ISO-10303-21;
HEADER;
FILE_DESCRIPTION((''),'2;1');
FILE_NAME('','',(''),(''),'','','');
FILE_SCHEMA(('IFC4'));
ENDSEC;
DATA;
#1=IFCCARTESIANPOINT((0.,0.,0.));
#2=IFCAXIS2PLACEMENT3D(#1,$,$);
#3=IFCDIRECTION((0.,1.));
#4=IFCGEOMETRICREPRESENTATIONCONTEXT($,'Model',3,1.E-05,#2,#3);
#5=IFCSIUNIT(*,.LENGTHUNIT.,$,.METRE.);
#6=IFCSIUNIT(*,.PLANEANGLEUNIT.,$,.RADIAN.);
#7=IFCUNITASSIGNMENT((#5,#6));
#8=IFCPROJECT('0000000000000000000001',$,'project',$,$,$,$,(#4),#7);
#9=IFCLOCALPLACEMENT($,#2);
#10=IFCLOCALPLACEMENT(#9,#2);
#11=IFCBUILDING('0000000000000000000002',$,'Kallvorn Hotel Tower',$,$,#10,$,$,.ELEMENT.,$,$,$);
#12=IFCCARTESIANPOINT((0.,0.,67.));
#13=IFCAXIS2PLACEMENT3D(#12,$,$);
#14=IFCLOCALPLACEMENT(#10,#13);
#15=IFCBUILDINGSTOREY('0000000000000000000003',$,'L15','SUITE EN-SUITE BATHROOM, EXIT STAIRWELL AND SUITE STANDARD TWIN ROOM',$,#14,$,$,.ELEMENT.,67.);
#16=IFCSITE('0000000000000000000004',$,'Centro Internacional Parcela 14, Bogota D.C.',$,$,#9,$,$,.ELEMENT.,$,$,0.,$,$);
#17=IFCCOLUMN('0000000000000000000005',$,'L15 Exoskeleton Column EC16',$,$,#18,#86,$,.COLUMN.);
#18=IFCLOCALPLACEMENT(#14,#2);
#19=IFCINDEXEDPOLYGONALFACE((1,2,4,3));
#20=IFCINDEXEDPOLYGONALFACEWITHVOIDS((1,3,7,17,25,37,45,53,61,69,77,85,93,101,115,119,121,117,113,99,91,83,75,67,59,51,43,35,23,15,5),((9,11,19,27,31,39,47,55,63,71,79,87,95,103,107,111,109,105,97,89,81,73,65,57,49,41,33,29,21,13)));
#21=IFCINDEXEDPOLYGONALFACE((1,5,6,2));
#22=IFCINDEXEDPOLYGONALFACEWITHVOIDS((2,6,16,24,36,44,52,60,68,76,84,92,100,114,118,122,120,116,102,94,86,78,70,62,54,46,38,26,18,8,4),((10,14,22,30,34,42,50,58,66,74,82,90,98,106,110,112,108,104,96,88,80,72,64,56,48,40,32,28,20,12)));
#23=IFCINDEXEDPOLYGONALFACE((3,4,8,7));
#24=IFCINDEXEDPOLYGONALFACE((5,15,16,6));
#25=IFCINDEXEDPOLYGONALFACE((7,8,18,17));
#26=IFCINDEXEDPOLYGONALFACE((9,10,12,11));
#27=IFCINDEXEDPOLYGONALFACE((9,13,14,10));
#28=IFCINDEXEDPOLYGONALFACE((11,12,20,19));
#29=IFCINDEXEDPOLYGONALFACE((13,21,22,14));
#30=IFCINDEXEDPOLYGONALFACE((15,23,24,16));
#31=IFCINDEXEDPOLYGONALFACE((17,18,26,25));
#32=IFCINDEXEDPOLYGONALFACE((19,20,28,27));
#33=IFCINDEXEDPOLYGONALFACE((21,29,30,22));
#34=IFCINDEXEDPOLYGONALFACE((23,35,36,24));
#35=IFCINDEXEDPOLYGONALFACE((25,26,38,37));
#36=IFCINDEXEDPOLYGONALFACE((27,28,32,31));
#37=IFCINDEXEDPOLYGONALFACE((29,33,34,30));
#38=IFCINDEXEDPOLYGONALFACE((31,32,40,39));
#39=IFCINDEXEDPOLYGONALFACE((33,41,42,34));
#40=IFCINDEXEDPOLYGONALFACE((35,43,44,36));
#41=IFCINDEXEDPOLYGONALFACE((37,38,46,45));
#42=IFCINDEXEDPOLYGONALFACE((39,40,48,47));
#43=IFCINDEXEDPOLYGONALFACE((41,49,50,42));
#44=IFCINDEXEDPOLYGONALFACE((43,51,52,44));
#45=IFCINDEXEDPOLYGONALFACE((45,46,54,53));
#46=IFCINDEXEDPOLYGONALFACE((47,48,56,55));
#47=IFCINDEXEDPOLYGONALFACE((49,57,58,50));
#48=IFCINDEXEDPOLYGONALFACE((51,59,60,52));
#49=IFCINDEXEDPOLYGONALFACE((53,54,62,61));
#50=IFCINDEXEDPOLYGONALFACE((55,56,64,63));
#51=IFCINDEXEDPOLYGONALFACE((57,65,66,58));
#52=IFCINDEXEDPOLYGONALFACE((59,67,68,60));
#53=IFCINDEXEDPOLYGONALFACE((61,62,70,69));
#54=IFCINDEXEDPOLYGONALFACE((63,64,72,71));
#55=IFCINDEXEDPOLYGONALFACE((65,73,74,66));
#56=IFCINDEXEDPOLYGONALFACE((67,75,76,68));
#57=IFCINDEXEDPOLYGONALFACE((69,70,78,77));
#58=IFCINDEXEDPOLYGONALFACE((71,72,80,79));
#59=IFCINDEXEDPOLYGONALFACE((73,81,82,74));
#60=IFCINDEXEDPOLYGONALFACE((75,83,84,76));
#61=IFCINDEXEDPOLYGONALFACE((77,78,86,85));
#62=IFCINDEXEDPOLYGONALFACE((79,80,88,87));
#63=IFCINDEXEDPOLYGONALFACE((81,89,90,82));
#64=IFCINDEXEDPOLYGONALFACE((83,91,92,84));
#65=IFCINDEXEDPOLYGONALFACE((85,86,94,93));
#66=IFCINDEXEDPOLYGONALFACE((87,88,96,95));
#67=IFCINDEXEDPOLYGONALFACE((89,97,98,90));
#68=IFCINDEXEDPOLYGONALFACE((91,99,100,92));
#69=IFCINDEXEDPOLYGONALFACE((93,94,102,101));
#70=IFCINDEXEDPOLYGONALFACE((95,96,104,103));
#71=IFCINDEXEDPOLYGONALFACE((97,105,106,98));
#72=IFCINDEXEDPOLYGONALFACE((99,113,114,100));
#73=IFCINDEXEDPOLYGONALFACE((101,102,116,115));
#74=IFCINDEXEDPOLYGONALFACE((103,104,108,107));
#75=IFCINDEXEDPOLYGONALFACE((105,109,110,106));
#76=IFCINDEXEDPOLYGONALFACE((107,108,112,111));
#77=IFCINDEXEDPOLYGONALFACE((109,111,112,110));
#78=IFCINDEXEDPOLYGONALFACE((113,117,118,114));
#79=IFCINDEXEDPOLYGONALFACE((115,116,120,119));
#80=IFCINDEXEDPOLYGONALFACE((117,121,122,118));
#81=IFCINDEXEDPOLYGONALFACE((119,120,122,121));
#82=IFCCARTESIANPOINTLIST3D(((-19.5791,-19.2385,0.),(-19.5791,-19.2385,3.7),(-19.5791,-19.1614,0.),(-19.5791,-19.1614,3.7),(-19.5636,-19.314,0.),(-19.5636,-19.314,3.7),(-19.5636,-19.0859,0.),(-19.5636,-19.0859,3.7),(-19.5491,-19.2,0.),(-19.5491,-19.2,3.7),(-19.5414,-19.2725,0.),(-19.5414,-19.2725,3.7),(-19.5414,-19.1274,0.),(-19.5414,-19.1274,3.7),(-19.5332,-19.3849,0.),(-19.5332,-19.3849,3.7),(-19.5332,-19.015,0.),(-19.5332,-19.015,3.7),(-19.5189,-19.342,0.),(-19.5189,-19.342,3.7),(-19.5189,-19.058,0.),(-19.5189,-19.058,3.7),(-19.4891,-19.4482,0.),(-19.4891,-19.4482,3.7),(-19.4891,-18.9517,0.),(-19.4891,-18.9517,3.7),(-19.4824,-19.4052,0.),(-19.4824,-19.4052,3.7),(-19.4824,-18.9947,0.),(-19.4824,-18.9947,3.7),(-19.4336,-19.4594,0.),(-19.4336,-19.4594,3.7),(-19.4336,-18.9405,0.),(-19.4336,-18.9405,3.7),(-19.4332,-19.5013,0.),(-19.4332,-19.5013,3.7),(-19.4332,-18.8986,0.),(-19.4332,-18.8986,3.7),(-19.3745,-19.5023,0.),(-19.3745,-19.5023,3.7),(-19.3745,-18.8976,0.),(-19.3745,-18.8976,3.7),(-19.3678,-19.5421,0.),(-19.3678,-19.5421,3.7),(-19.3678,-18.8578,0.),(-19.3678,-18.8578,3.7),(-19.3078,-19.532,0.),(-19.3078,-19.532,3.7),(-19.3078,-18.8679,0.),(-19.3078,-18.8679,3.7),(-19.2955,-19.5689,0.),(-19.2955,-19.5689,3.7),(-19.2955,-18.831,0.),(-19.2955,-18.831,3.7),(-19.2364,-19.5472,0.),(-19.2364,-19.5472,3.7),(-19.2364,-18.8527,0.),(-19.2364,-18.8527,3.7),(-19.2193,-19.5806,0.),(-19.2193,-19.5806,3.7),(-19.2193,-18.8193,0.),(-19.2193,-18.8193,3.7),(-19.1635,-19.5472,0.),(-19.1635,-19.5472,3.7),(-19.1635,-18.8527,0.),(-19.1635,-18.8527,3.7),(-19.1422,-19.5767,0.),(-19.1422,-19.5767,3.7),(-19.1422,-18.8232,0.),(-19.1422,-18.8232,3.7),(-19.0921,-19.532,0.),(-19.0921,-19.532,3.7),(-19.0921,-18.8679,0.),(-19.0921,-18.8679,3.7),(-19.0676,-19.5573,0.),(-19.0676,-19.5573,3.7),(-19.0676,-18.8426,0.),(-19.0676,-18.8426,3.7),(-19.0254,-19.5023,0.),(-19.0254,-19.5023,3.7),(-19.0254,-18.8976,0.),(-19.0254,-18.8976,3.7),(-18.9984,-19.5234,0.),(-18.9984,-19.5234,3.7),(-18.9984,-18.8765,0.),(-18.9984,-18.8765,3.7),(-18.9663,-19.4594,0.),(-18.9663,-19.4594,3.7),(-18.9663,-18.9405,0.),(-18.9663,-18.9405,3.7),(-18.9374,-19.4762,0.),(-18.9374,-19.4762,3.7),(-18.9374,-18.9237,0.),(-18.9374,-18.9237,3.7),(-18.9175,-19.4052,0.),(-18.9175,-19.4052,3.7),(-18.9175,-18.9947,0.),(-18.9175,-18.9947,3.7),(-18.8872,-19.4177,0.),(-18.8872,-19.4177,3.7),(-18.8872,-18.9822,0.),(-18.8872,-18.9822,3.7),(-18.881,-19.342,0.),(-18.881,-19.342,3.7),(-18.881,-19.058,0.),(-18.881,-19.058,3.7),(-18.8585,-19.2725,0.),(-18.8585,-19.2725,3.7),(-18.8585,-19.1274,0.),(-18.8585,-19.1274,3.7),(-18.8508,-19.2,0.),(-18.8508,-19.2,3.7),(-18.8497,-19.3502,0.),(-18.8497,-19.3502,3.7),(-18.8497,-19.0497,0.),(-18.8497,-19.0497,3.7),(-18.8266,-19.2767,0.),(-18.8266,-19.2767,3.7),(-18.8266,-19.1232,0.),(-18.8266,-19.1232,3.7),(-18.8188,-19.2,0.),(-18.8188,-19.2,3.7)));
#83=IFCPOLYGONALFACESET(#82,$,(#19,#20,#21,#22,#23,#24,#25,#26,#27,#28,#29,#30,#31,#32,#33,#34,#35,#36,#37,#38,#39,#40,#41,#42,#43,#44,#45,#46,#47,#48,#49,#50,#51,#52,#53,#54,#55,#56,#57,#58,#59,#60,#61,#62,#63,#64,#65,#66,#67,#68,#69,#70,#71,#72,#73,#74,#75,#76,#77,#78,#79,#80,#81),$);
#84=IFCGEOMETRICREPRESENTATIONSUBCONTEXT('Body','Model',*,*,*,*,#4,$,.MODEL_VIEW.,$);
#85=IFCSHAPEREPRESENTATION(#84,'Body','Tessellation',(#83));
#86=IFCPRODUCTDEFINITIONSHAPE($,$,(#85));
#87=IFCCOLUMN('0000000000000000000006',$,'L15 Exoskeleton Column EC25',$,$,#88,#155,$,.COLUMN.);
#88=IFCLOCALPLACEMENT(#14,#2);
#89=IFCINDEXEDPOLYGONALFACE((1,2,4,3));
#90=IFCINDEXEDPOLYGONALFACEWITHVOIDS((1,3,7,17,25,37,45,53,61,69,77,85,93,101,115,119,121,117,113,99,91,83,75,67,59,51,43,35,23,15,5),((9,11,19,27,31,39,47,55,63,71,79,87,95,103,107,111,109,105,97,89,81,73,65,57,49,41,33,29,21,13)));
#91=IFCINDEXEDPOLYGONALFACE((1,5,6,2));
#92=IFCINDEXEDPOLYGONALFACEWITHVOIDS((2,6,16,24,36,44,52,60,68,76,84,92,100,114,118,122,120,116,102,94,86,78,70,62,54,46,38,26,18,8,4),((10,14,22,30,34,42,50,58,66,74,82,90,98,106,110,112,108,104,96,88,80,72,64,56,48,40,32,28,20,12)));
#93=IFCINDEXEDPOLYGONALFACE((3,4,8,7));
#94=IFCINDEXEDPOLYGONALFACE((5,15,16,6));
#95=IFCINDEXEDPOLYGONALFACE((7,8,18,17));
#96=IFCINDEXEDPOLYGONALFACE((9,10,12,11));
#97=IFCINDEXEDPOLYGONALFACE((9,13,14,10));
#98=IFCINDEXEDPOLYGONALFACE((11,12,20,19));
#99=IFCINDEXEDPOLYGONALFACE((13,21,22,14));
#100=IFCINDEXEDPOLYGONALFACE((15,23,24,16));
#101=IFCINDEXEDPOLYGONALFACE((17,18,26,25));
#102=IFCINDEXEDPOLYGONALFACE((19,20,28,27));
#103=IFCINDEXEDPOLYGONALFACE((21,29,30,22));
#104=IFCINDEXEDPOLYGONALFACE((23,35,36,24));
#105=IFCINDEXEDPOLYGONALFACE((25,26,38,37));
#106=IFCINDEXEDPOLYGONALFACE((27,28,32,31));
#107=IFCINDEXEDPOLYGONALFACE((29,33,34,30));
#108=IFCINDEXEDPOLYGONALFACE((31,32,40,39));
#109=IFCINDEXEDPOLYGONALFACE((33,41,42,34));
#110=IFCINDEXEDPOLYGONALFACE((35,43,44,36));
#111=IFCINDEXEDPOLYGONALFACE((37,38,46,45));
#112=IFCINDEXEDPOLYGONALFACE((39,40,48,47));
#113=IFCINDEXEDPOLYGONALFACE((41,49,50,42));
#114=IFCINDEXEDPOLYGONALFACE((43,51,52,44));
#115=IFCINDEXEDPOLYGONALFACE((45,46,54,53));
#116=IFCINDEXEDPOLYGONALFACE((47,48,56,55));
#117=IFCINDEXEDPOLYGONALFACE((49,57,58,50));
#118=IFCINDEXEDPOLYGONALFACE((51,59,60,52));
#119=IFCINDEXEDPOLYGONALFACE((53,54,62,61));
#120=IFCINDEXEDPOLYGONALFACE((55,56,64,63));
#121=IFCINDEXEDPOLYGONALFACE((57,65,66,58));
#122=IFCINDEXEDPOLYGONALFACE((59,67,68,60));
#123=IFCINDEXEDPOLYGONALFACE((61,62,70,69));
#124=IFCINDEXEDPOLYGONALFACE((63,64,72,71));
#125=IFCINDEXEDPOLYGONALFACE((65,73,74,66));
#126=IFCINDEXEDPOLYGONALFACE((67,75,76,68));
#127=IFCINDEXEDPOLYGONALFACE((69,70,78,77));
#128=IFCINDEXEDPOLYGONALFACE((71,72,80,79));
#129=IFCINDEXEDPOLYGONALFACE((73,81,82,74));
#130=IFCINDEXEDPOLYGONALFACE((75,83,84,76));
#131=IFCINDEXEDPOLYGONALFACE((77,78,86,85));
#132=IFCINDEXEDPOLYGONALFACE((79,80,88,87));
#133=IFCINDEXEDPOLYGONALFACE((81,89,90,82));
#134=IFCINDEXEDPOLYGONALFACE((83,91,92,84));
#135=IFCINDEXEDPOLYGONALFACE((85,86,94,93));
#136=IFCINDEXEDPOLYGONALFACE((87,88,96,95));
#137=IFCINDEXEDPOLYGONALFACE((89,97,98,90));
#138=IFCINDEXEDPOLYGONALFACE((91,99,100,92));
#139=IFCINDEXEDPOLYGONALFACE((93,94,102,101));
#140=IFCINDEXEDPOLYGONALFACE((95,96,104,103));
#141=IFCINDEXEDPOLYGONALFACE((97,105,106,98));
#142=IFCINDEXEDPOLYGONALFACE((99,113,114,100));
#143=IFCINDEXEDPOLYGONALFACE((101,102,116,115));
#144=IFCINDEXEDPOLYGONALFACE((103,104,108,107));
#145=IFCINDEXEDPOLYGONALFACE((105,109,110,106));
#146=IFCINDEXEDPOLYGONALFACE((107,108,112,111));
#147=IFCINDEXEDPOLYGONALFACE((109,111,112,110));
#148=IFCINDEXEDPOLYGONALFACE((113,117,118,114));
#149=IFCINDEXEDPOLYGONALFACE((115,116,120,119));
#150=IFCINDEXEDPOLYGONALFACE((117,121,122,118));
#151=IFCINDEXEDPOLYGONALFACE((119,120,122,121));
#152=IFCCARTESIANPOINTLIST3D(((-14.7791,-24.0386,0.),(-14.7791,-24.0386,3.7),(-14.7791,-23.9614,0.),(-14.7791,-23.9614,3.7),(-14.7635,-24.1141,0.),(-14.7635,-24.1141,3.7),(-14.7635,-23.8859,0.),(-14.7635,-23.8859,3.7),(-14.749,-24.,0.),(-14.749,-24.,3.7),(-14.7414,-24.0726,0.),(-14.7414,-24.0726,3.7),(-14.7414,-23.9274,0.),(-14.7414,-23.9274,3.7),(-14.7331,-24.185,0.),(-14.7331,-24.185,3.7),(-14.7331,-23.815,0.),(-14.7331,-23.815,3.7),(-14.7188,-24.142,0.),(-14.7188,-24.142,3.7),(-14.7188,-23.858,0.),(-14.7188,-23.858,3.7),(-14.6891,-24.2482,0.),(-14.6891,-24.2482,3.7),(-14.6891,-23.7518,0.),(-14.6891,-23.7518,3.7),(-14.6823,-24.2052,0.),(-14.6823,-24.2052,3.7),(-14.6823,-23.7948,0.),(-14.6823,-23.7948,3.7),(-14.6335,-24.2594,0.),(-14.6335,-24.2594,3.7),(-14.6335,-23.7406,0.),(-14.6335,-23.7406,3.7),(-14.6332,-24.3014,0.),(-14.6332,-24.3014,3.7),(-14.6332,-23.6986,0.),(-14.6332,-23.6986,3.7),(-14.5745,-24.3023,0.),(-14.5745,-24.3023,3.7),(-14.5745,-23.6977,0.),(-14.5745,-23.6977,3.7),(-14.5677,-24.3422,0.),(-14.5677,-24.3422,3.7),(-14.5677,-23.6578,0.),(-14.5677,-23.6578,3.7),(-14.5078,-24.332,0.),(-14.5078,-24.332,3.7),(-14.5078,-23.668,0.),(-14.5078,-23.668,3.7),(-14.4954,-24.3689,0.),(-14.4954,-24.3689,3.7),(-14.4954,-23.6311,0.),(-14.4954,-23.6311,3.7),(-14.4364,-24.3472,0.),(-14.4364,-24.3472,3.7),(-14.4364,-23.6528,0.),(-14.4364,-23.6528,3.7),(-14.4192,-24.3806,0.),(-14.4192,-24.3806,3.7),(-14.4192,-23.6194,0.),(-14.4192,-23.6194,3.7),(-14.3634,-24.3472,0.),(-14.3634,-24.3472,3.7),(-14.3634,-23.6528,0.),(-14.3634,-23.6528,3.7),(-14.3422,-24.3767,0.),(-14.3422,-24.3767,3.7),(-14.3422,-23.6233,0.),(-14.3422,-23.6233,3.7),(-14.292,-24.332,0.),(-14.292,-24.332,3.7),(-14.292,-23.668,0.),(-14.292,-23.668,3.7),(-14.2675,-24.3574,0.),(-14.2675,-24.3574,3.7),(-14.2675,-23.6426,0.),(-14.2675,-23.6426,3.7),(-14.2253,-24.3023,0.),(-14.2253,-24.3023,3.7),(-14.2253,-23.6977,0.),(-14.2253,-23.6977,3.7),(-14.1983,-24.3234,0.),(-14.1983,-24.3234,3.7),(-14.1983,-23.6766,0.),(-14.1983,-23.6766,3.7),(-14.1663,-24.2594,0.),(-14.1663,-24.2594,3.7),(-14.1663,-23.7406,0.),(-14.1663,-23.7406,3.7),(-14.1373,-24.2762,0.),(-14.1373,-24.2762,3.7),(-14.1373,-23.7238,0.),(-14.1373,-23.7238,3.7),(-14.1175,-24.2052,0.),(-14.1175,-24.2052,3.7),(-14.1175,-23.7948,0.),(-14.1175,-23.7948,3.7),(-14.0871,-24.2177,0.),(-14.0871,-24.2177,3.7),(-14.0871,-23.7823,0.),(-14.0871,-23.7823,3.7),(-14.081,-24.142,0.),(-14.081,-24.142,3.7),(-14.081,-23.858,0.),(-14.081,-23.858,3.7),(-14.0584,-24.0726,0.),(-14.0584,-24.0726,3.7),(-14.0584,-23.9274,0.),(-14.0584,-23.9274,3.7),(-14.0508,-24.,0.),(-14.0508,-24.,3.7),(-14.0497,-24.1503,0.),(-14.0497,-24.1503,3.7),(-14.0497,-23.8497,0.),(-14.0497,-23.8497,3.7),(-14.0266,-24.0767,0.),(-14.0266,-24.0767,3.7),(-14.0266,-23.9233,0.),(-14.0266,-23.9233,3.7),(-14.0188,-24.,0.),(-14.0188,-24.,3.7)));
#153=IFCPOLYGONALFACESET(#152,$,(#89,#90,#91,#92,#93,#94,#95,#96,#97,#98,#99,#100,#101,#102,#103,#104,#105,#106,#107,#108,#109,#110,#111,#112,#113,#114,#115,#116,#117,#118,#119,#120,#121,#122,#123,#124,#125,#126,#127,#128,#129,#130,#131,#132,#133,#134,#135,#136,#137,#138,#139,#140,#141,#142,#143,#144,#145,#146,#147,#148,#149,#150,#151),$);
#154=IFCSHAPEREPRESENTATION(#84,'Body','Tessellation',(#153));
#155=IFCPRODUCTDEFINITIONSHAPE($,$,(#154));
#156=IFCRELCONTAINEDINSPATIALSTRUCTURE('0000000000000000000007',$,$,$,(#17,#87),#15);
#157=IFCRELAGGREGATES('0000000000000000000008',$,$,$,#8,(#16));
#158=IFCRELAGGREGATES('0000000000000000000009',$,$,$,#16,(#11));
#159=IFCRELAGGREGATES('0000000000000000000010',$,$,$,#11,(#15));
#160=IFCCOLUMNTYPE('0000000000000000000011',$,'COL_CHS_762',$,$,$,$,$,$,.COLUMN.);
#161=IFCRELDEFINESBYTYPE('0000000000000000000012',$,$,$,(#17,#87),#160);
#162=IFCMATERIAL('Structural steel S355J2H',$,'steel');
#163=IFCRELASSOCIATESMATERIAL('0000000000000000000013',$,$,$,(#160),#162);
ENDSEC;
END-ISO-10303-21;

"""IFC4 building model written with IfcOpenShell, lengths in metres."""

from ifc_helpers import new_model, si_unit, direction, frame, origin, origin_2d, place, context, subcontext, project, spatial, hollow_circle, extrude, material, material_profile, profile_set, type_object, element, save


model = new_model("IFC4")

# Units and contexts
model_context = context("Model", 3, precision=1e-05, world=origin(), true_north=direction((0.0, 1.0)))
body_context = subcontext(model_context, "Body", "Model", "MODEL_VIEW")
ifc_project = project(units=[si_unit("LENGTHUNIT", "METRE"), si_unit("PLANEANGLEUNIT", "RADIAN")], contexts=[model_context])

# Site, building, storey
site_placement = place(None, origin())
site = spatial("IfcSite", under=ifc_project, at=site_placement, Name="Centro Internacional Parcela 14, Bogota D.C.", CompositionType="ELEMENT", RefElevation=0.0)
building_placement = place(site_placement, origin())
building = spatial("IfcBuilding", under=site, at=building_placement, Name="Kallvorn Hotel Tower", CompositionType="ELEMENT")
storey_placement = place(building_placement, frame((0.0, 0.0, 67.0)))
storey = spatial("IfcBuildingStorey", under=building, at=storey_placement, Name="L15", Description="SUITE EN-SUITE BATHROOM, EXIT STAIRWELL AND SUITE STANDARD TWIN ROOM", CompositionType="ELEMENT", Elevation=67.0)

# Columns
ifc_material_1 = material(Name="Structural steel S355J2H", Category="steel")
ifc_material_profile_1 = material_profile(ifc_material_1, hollow_circle(Radius=0.3811, WallThickness=0.032, at=origin_2d()), Name="CHS 762x32")
ifc_profile_set_1 = profile_set([ifc_material_profile_1], Name="Structural steel S355J2H")
column_type = type_object("IfcColumnType", Name="COL_CHS_762", PredefinedType="COLUMN", material=ifc_profile_set_1)
for number, where, z_axis, x_axis, name in (
    (1, (-19.2, -19.2, 0.0), (0.0, 0.0, 1.0), (1.0, 0.0, 0.0), "L15 Exoskeleton Column EC16"),
    (2, (-14.3999, -24.0, 0.0), (0.0, 0.0, 1.0), (1.0, 0.0, 0.0), "L15 Exoskeleton Column EC25"),
):
    element("IfcColumn", number, at=place(storey_placement, frame(where, z_axis=z_axis, x_axis=x_axis)), inside=storey, type_object=column_type, Name=name, PredefinedType="COLUMN", context=body_context, shape_type="SweptSolid", body=[
        extrude(hollow_circle(Radius=0.3811, WallThickness=0.032, at=origin_2d()), origin(), (0.0, 0.0, 1.0), 3.7),
    ])

save(model, "model.ifc")
